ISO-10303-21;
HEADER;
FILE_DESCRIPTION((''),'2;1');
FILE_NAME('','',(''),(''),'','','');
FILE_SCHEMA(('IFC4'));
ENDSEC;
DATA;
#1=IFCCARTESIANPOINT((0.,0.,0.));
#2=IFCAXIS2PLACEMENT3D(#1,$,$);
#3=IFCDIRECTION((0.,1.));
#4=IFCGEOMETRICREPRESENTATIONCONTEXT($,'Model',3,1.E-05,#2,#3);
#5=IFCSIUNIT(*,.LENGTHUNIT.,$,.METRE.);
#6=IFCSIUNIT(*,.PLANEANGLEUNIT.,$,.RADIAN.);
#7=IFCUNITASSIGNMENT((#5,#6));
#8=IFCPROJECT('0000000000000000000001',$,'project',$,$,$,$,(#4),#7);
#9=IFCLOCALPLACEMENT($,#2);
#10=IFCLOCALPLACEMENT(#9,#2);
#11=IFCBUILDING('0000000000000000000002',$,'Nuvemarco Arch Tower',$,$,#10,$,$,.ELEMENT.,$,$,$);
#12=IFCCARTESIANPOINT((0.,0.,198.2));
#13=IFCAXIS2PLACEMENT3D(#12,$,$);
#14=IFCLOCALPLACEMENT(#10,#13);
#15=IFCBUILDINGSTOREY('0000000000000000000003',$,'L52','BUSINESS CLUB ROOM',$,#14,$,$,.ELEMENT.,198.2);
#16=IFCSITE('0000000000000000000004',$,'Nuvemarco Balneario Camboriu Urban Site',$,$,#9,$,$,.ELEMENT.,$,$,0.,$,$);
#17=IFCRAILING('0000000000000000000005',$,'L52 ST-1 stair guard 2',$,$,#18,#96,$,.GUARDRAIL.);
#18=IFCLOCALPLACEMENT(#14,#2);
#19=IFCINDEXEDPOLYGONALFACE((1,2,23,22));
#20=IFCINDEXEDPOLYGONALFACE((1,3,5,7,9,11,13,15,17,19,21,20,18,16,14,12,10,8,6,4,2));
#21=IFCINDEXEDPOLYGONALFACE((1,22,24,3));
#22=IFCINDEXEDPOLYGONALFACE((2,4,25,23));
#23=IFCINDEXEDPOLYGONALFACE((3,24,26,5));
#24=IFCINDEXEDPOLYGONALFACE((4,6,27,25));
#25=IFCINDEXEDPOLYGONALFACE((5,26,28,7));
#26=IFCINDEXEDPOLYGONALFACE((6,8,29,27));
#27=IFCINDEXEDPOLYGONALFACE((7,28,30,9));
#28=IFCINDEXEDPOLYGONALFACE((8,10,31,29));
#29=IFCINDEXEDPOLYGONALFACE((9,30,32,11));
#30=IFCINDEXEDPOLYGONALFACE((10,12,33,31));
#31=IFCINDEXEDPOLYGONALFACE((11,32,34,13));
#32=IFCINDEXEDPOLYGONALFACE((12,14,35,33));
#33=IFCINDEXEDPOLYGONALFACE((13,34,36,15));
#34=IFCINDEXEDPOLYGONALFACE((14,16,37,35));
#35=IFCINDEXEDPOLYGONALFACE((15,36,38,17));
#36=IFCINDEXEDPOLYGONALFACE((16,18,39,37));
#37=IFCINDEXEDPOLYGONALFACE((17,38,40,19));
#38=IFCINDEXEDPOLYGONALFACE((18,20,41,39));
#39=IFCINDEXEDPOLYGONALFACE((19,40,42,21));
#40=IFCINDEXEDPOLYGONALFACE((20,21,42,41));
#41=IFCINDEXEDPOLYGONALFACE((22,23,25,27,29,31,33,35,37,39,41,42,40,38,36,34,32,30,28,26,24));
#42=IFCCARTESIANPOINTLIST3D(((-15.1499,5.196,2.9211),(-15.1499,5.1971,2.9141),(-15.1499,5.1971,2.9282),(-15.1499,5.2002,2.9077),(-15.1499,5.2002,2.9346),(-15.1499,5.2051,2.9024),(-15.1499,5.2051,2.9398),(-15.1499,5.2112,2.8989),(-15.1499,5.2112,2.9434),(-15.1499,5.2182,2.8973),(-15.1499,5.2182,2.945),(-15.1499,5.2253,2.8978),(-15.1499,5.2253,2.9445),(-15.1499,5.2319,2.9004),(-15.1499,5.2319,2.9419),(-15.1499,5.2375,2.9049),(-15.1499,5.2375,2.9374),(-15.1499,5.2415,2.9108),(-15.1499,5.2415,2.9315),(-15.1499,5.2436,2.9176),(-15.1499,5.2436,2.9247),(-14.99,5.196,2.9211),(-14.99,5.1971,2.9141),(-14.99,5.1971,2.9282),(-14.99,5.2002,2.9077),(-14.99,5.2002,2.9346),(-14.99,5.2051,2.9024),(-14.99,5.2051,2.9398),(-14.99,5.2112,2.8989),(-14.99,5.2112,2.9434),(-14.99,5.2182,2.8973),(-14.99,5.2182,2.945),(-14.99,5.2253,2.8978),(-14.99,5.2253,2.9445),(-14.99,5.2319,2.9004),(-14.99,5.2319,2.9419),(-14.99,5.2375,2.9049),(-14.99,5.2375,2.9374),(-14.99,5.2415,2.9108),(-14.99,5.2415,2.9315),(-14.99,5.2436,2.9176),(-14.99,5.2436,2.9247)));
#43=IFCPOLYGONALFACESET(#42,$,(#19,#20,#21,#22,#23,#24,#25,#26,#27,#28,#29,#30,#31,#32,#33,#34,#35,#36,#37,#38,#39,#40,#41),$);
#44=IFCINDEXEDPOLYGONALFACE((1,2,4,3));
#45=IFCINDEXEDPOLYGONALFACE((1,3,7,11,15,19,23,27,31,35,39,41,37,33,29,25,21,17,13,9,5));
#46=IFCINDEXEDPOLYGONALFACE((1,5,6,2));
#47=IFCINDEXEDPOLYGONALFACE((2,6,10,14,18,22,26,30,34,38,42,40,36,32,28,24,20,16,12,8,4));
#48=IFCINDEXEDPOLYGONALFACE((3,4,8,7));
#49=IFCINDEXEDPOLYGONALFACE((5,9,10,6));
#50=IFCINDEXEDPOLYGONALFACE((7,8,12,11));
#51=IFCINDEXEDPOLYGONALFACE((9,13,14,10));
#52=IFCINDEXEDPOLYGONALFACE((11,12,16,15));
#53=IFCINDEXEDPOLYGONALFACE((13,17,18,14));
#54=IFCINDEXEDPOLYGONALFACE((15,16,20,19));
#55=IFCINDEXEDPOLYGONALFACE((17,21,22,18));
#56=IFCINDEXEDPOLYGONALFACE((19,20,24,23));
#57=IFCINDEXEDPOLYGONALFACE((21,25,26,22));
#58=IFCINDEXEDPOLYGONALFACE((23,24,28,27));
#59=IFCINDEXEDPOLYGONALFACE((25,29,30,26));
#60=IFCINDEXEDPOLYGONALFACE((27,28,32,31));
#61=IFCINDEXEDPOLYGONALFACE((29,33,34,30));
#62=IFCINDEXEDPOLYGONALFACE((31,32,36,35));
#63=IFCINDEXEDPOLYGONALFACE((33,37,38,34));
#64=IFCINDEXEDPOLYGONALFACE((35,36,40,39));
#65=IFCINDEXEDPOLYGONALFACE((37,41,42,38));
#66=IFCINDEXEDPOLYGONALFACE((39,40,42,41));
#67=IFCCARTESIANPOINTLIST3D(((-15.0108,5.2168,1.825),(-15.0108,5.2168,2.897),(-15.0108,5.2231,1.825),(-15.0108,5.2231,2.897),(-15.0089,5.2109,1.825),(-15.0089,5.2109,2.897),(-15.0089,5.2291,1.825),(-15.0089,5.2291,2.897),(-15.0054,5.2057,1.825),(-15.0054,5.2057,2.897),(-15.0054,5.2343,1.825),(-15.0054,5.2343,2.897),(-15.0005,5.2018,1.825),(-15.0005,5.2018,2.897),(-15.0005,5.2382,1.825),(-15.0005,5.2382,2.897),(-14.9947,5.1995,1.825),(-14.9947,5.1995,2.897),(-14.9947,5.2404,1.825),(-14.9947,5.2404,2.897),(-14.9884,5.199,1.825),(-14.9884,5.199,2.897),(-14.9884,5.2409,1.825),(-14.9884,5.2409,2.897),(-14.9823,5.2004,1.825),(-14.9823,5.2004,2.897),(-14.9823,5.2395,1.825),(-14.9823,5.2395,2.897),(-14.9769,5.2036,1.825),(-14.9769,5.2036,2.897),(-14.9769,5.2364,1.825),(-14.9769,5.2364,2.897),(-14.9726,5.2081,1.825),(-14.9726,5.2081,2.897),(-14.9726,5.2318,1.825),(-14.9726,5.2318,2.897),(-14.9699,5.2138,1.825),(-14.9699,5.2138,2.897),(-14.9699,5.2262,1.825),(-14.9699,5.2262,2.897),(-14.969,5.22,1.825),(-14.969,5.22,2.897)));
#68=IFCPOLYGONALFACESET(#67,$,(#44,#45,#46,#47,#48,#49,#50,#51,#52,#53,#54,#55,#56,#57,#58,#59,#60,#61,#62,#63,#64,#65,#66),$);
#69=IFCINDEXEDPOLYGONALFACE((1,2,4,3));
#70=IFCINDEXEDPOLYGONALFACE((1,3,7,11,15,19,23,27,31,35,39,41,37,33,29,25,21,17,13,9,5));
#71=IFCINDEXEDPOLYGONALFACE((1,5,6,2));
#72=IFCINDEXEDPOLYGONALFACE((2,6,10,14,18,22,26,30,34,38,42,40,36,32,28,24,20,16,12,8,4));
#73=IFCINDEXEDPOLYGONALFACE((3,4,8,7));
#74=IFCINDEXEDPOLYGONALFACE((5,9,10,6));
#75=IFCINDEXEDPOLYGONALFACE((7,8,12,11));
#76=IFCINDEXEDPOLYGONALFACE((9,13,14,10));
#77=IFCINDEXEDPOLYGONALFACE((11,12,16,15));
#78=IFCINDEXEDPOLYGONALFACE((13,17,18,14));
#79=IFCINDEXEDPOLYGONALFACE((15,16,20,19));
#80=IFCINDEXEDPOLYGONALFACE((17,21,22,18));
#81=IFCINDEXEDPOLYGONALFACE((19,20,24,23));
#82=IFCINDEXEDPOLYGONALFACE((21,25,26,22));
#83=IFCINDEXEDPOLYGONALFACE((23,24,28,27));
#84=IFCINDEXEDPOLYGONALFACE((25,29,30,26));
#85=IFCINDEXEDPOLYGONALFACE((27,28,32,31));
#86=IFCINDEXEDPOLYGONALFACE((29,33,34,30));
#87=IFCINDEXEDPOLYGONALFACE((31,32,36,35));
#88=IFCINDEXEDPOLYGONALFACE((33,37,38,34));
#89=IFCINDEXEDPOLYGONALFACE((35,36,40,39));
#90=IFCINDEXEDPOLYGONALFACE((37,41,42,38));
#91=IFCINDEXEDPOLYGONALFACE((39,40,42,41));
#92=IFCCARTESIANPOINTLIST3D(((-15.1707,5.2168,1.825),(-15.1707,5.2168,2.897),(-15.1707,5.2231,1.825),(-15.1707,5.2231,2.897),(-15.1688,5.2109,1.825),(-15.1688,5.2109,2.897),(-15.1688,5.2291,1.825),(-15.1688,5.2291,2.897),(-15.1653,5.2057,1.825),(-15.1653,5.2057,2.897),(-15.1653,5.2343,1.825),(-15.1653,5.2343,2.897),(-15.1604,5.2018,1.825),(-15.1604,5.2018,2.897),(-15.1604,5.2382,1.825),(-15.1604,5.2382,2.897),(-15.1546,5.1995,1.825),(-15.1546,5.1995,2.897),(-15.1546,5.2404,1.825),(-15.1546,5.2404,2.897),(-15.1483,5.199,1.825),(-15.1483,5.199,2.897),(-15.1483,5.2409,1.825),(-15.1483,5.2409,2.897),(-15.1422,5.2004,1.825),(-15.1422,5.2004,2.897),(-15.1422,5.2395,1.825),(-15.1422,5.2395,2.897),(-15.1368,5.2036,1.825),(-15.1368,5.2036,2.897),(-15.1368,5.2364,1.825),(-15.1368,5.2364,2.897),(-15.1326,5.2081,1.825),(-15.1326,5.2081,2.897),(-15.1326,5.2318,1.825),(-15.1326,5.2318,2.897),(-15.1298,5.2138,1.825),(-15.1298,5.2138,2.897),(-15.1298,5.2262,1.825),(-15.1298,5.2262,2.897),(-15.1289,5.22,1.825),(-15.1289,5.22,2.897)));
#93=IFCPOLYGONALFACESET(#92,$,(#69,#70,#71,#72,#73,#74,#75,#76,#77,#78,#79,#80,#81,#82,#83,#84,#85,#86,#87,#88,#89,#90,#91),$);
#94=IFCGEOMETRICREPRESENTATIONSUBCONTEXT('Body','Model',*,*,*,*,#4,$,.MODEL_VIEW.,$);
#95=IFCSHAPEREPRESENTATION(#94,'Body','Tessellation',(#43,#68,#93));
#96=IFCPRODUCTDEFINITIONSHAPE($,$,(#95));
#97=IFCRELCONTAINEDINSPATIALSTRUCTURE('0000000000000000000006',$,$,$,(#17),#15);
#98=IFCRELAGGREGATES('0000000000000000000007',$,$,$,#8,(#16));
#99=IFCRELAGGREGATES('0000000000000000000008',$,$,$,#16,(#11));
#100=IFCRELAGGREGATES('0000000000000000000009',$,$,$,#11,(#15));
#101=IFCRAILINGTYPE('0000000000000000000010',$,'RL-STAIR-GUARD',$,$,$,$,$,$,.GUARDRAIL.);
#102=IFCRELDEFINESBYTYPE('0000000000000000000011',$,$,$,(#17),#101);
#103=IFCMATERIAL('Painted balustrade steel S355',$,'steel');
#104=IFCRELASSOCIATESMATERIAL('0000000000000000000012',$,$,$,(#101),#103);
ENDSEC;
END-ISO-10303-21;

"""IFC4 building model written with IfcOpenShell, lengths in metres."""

from ifc_helpers import new_model, si_unit, direction, frame, origin, origin_2d, place, context, subcontext, project, spatial, circle, extrude, material, type_object, element, save


model = new_model("IFC4")

# Units and contexts
model_context = context("Model", 3, precision=1e-05, world=origin(), true_north=direction((0.0, 1.0)))
body_context = subcontext(model_context, "Body", "Model", "MODEL_VIEW")
ifc_project = project(units=[si_unit("LENGTHUNIT", "METRE"), si_unit("PLANEANGLEUNIT", "RADIAN")], contexts=[model_context])

# Site, building, storey
site_placement = place(None, origin())
site = spatial("IfcSite", under=ifc_project, at=site_placement, Name="Nuvemarco Balneario Camboriu Urban Site", CompositionType="ELEMENT", RefElevation=0.0)
building_placement = place(site_placement, origin())
building = spatial("IfcBuilding", under=site, at=building_placement, Name="Nuvemarco Arch Tower", CompositionType="ELEMENT")
storey_placement = place(building_placement, frame((0.0, 0.0, 198.2)))
storey = spatial("IfcBuildingStorey", under=building, at=storey_placement, Name="L52", Description="BUSINESS CLUB ROOM", CompositionType="ELEMENT", Elevation=198.2)

# Railing
ifc_material_1 = material(Name="Painted balustrade steel S355", Category="steel")
railing_type_1 = type_object("IfcRailingType", Name="RL-STAIR-GUARD", PredefinedType="GUARDRAIL", material=ifc_material_1)
railing_1_placement = place(storey_placement, frame((-14.99, 5.22, 1.825)))
element("IfcRailing", 1, at=railing_1_placement, inside=storey, type_object=railing_type_1, Name="L52 ST-1 stair guard 2", PredefinedType="GUARDRAIL", context=body_context, shape_type="SweptSolid", body=[
    extrude(circle(Radius=0.0239, at=origin_2d()), frame((0.0, 0.0, 1.0962), z_axis=(-1.0, 0.0, 0.0), x_axis=(0.0, -1.0, 0.0)), (0.0, 0.0, 1.0), 0.1599),
    extrude(circle(Radius=0.021, at=origin_2d()), origin(), (0.0, 0.0, 1.0), 1.072),
    extrude(circle(Radius=0.021, at=origin_2d()), frame((-0.1599, 0.0, 0.0)), (0.0, 0.0, 1.0), 1.072),
])

save(model, "model.ifc")
